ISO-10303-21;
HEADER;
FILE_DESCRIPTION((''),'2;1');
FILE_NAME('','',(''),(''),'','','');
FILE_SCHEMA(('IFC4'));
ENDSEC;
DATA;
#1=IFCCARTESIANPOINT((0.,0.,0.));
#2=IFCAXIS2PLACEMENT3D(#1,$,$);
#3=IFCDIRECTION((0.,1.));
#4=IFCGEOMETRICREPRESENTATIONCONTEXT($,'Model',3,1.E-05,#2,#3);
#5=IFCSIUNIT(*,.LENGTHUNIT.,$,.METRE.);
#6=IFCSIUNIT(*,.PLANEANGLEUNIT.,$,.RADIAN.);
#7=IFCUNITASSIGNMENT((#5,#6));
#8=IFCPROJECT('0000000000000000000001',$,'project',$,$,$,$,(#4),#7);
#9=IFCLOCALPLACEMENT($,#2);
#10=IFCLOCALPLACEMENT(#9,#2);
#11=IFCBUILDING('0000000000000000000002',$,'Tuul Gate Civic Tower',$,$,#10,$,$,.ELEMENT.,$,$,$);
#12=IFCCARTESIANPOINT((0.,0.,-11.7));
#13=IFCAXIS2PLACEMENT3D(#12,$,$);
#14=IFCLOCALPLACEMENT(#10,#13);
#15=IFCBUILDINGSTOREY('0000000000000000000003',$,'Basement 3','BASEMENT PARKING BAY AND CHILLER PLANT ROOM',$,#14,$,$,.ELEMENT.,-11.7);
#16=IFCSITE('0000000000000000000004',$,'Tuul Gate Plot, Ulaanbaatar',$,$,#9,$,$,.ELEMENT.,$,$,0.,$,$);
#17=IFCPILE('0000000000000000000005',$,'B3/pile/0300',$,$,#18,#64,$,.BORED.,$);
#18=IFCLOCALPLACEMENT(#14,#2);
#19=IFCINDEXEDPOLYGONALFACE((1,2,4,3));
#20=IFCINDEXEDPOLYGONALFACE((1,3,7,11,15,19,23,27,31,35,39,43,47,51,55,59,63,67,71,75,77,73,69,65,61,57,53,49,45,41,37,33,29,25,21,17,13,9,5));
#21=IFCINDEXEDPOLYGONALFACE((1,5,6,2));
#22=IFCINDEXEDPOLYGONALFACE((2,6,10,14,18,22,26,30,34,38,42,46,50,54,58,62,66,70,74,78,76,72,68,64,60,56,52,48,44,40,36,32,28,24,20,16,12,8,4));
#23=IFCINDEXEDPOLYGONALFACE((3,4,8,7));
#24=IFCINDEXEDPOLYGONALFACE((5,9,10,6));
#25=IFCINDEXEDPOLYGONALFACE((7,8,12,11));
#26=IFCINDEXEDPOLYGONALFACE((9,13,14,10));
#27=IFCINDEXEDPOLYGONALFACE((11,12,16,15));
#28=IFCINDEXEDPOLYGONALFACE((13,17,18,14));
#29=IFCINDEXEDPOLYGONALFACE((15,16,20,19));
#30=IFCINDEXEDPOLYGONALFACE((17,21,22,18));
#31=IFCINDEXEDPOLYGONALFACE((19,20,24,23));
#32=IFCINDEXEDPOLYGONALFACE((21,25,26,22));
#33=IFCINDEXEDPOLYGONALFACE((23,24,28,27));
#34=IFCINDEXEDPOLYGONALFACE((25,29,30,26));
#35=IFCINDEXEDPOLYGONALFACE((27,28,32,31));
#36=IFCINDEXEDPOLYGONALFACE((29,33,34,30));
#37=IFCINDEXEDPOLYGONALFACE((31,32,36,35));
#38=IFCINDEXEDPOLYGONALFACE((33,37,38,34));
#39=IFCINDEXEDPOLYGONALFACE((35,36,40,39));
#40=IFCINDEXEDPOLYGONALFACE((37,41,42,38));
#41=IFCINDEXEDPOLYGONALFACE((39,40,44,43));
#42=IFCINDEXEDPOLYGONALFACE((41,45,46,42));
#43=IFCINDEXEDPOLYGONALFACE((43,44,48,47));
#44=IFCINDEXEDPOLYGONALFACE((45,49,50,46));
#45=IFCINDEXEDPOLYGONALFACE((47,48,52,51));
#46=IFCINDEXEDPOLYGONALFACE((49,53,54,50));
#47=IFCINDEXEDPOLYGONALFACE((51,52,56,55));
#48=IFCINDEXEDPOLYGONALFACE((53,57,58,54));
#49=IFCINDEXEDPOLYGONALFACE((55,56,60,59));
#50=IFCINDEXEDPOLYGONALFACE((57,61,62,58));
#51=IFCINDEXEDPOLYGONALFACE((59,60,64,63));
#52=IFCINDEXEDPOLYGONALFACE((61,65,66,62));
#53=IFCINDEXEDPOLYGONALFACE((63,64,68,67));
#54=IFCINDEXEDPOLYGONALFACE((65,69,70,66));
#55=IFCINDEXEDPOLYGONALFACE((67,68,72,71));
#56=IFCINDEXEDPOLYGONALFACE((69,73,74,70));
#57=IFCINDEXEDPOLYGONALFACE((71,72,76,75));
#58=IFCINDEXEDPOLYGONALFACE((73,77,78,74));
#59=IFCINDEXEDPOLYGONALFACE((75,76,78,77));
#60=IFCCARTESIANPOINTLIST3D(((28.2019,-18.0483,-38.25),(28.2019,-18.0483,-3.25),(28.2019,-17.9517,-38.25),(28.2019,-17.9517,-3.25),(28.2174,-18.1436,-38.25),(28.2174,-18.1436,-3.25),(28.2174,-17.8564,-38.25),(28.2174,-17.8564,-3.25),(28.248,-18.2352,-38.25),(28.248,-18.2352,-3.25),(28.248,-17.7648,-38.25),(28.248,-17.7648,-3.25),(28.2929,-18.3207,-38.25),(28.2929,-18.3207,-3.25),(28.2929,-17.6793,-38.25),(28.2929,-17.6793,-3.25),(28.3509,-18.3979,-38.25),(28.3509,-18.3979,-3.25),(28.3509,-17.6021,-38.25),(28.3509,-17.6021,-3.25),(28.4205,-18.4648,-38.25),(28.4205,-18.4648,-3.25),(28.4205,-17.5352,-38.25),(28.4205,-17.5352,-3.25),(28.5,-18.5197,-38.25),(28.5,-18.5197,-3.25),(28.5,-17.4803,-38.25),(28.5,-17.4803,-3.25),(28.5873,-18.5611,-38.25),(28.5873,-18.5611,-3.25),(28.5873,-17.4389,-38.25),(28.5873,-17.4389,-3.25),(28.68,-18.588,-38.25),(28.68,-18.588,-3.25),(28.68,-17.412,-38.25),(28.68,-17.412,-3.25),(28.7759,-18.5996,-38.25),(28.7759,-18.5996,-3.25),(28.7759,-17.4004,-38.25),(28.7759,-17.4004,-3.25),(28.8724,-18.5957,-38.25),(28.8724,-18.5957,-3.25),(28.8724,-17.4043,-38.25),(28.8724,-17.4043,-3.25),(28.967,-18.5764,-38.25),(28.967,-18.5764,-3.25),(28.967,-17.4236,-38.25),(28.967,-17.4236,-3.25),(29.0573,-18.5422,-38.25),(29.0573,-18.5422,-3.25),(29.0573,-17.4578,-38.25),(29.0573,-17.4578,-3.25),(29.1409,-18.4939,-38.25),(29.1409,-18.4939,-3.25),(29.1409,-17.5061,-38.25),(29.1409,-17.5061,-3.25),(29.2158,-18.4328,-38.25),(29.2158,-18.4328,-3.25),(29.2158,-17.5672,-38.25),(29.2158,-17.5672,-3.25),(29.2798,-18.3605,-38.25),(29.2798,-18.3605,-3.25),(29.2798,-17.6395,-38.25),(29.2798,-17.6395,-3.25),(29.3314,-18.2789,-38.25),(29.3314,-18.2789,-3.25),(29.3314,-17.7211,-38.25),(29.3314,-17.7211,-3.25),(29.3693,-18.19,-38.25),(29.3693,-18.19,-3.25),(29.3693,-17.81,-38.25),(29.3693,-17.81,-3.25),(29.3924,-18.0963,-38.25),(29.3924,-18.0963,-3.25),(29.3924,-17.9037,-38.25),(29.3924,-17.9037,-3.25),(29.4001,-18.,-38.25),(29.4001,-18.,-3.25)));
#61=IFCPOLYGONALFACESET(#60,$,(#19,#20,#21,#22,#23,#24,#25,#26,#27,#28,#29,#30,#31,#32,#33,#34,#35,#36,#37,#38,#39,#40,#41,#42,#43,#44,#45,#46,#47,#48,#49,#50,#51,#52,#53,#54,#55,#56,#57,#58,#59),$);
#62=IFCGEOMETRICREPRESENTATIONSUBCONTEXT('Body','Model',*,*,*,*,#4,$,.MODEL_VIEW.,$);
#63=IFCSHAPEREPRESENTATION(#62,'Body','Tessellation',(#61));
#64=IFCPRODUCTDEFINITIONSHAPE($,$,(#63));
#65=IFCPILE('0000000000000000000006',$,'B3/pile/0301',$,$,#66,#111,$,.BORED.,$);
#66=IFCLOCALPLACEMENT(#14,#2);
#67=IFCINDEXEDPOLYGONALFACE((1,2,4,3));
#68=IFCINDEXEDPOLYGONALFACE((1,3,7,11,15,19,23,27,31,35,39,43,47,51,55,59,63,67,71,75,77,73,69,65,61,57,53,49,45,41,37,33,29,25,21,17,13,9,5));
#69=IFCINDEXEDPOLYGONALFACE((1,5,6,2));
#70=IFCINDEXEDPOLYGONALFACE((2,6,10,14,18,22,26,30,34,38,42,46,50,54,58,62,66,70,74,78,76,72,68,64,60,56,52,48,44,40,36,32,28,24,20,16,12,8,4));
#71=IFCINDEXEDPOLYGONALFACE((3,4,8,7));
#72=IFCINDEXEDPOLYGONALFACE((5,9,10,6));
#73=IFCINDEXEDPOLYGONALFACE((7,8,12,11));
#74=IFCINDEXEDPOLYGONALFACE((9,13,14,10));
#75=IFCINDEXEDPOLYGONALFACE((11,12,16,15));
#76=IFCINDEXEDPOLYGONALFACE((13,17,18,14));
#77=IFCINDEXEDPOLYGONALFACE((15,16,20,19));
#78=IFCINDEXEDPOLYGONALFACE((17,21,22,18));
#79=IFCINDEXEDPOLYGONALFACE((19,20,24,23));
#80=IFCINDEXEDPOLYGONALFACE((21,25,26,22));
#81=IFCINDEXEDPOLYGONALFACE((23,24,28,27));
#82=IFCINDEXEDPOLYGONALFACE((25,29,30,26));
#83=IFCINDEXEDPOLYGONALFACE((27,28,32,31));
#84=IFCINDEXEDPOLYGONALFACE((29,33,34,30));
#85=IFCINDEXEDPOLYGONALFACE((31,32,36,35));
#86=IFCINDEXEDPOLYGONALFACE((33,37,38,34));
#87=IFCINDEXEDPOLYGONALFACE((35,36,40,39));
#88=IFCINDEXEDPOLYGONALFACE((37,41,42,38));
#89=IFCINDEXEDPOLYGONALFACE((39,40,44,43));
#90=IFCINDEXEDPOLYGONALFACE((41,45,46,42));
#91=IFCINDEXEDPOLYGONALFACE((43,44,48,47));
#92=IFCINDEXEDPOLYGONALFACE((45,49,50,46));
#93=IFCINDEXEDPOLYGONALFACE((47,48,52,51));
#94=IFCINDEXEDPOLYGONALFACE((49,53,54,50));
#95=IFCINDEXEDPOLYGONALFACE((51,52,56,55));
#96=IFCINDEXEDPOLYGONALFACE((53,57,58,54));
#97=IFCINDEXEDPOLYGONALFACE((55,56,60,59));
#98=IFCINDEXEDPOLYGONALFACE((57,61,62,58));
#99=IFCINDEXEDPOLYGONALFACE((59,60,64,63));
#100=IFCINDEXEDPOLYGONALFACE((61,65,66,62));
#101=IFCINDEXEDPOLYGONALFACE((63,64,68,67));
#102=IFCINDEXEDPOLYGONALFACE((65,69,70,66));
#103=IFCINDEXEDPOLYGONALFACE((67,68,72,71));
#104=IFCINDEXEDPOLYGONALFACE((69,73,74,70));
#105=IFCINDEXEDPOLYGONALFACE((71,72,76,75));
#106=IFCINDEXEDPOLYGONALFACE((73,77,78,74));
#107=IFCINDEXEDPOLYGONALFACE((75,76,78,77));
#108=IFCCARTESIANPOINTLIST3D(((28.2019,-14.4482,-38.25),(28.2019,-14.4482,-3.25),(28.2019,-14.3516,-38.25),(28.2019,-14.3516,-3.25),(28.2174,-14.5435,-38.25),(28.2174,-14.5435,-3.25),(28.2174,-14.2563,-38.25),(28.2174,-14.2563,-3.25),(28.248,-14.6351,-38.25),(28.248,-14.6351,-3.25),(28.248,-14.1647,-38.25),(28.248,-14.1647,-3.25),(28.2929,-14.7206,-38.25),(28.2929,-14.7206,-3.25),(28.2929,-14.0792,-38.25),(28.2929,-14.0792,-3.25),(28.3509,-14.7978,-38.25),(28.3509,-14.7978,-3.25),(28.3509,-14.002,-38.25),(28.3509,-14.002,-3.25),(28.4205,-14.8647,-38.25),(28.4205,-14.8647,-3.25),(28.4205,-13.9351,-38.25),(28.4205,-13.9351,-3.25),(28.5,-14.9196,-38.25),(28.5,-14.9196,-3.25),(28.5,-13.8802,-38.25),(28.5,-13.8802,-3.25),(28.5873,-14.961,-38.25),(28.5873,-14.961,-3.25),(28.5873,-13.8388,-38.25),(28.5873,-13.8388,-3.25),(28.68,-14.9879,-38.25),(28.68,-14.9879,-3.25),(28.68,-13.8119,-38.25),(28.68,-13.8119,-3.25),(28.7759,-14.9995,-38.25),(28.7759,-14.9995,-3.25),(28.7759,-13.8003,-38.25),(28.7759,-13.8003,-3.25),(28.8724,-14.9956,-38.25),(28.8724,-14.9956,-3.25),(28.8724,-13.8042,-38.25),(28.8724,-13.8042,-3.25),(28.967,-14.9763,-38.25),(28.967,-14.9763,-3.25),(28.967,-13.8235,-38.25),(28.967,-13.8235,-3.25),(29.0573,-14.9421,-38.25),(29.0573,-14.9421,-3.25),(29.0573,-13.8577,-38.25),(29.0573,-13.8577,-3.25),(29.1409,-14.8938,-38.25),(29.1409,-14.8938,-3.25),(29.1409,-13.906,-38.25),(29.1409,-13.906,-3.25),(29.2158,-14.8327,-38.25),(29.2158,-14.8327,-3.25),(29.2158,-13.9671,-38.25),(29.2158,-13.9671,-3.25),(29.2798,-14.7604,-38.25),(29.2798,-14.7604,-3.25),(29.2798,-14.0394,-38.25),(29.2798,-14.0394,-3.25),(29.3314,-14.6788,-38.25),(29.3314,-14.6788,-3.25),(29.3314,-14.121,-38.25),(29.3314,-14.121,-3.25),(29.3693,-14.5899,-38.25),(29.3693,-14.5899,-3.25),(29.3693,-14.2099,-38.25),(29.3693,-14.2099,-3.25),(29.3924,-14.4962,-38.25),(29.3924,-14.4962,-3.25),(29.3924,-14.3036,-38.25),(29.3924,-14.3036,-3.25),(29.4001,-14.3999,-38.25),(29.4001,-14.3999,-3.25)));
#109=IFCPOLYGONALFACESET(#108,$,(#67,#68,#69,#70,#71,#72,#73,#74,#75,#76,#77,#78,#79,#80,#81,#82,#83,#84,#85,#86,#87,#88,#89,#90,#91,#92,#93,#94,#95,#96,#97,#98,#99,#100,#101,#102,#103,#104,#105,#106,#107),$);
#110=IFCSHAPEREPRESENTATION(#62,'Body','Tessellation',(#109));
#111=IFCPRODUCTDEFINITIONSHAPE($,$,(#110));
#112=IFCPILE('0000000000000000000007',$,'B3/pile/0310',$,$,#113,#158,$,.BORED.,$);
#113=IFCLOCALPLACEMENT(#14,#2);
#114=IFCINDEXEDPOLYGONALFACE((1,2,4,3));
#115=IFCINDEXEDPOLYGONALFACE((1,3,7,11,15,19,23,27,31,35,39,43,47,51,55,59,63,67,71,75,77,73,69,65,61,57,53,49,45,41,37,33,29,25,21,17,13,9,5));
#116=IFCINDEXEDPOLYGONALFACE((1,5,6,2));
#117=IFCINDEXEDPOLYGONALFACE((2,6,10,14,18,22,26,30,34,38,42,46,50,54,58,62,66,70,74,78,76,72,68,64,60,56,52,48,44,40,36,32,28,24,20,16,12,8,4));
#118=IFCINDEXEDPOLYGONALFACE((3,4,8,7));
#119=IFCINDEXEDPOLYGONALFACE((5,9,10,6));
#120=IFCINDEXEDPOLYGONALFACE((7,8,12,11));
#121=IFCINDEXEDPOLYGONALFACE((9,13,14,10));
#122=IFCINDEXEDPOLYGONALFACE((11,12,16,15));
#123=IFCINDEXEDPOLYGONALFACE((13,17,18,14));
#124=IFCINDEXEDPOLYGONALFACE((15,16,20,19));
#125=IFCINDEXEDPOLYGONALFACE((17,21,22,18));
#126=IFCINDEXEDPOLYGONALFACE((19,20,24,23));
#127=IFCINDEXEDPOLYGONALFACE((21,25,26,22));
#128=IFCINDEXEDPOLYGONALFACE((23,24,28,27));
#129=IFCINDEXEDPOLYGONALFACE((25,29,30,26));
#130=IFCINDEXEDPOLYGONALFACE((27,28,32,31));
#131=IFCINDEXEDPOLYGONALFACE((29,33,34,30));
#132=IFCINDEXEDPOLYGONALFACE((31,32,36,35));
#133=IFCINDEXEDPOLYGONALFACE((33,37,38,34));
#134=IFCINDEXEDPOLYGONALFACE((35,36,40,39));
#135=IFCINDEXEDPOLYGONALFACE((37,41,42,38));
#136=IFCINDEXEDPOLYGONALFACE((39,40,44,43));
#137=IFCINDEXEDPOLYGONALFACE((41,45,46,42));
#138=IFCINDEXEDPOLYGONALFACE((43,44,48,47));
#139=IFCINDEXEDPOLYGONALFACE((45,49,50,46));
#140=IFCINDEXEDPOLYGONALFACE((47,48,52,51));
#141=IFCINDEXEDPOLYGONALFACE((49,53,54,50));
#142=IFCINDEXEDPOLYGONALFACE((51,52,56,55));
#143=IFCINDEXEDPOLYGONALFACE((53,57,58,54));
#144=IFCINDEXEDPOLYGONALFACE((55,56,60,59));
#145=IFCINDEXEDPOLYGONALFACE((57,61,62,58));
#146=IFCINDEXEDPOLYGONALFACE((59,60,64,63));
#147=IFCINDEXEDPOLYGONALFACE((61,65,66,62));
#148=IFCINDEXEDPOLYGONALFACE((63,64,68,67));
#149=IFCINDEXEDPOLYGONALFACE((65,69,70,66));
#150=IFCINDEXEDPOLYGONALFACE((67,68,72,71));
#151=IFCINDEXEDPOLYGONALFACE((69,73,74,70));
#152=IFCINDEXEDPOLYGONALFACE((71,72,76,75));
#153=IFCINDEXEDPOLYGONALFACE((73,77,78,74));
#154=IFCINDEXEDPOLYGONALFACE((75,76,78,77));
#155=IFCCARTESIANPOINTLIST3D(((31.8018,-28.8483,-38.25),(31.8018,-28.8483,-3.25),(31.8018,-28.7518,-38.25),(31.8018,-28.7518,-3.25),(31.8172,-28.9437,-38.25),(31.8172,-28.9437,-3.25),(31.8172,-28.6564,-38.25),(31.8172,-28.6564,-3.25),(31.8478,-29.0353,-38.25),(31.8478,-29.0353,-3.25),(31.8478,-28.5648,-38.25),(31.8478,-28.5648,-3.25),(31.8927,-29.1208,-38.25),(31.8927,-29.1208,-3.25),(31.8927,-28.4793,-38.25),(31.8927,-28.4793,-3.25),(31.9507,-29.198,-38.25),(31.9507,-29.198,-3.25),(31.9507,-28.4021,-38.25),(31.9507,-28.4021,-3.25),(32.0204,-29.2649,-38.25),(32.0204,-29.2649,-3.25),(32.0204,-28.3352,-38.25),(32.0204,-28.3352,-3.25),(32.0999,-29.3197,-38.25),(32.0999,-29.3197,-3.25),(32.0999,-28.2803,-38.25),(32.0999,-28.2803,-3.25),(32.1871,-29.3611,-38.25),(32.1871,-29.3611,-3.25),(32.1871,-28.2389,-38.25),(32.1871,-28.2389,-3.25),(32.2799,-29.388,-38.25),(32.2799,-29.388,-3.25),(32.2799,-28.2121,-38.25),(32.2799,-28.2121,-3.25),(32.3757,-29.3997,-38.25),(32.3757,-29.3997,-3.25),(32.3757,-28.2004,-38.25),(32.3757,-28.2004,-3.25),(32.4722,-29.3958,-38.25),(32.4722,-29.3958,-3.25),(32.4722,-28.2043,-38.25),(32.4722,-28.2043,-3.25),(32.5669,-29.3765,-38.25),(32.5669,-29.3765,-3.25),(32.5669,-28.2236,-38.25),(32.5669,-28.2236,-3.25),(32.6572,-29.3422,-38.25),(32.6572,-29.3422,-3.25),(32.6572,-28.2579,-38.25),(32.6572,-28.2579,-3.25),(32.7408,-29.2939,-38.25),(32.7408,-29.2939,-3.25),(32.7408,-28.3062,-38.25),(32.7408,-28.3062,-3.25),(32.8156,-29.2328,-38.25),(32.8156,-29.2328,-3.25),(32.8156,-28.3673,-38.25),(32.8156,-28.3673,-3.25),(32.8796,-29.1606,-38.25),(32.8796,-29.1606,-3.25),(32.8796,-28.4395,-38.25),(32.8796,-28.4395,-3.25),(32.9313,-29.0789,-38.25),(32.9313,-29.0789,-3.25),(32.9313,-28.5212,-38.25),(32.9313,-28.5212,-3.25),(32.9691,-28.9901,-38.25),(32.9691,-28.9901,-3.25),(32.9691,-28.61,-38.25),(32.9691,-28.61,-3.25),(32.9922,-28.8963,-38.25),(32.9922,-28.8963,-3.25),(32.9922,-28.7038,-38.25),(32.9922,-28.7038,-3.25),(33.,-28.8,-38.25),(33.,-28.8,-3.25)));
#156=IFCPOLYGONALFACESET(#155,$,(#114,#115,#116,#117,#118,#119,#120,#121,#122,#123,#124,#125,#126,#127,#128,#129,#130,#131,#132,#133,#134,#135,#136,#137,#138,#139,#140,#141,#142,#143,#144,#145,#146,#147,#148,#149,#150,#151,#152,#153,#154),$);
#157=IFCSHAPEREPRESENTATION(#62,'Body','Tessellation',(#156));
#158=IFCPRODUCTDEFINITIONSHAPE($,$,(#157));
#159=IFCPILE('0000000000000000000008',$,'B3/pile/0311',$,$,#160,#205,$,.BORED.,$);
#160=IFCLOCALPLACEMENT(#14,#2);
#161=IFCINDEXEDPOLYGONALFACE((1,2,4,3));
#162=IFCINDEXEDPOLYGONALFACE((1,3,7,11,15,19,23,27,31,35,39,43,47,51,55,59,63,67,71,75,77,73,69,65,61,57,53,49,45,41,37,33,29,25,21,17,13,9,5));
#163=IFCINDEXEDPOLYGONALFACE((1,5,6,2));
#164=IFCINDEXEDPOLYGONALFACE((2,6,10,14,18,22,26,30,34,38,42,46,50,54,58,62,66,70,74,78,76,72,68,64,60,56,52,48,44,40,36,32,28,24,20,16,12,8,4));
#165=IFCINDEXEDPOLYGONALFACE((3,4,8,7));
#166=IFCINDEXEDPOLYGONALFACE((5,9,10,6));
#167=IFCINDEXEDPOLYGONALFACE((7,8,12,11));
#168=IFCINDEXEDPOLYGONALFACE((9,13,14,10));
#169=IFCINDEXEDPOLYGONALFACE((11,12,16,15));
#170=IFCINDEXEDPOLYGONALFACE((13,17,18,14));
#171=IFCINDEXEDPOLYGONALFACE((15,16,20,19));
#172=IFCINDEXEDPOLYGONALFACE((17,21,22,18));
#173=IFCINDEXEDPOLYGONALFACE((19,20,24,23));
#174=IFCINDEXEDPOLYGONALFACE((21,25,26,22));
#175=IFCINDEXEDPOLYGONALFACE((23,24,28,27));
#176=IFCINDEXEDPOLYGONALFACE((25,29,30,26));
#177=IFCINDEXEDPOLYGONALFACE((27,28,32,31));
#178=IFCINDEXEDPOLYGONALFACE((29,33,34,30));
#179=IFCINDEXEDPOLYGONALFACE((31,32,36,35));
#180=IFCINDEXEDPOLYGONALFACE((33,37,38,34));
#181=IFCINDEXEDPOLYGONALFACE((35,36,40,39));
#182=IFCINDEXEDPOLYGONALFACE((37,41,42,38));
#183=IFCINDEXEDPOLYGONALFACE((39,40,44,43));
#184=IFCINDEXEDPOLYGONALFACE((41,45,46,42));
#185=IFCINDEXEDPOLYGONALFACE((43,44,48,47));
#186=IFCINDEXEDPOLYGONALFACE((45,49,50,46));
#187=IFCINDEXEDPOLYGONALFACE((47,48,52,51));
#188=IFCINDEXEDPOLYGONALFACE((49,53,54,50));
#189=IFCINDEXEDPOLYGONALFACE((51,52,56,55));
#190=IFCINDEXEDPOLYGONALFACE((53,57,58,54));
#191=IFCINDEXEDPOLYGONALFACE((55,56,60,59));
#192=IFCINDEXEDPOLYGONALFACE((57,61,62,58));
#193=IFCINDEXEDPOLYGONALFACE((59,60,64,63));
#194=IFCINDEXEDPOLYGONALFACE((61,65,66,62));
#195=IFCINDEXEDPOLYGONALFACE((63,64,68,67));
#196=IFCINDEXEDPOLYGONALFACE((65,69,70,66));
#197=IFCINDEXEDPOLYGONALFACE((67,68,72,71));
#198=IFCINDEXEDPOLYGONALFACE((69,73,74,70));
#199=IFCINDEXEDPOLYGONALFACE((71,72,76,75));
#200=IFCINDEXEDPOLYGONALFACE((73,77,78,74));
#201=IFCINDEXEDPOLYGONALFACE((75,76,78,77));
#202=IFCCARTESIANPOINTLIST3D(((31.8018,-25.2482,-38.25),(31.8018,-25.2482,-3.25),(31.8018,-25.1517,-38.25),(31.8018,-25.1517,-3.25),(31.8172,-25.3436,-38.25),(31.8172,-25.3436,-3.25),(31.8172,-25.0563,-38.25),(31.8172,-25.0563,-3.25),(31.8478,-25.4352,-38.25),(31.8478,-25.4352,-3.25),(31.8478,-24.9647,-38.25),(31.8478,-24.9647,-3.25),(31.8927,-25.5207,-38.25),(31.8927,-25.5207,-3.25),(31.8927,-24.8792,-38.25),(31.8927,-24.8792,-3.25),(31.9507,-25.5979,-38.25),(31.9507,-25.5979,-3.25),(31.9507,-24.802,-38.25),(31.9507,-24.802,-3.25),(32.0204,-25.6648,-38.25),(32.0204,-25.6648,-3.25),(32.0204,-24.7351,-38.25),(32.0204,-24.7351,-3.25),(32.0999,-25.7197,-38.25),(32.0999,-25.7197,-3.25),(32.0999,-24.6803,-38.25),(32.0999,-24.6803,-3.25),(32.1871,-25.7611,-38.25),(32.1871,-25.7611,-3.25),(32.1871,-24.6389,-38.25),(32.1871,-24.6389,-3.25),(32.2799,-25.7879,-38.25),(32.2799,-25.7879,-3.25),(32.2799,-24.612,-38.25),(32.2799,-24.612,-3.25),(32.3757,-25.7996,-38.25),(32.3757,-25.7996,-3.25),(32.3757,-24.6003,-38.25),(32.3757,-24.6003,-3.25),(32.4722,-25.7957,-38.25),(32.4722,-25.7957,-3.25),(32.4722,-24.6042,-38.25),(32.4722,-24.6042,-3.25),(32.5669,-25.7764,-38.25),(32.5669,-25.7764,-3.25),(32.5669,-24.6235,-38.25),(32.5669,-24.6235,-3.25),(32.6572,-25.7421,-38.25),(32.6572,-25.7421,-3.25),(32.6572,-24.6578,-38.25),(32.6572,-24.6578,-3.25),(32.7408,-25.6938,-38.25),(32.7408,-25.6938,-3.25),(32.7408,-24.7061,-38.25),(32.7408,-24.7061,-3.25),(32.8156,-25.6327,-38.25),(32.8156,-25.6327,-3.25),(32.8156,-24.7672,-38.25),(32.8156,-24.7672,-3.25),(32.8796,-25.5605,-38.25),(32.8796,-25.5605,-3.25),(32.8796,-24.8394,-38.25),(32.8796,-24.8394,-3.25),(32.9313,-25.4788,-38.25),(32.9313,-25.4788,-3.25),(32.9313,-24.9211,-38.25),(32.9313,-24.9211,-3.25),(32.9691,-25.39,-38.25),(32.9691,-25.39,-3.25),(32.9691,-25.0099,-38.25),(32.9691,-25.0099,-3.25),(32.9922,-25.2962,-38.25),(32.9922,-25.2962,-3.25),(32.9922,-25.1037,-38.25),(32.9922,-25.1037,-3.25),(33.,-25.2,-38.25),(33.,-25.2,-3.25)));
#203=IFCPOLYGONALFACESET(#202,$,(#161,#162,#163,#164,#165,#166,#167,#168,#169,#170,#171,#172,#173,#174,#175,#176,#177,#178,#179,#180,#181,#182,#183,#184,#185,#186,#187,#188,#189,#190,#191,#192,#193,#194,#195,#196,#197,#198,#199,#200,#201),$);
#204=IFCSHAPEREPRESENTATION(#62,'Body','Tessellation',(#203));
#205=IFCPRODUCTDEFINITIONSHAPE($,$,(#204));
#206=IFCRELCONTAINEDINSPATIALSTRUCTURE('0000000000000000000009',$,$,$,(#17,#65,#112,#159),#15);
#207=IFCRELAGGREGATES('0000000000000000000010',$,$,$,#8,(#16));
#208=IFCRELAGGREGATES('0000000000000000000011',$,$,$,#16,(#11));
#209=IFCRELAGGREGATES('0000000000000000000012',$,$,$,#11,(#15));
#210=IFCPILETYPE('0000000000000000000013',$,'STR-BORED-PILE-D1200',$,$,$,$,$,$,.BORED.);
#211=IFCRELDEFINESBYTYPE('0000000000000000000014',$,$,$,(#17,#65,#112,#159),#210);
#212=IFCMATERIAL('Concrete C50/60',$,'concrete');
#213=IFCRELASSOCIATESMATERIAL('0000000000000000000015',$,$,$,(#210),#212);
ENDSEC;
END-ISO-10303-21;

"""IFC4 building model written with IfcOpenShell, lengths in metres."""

from ifc_helpers import new_model, si_unit, direction, frame, origin, origin_2d, place, context, subcontext, project, spatial, circle, extrude, material, material_profile, profile_set, type_object, element, save


model = new_model("IFC4")

# Units and contexts
model_context = context("Model", 3, precision=1e-05, world=origin(), true_north=direction((0.0, 1.0)))
body_context = subcontext(model_context, "Body", "Model", "MODEL_VIEW")
ifc_project = project(units=[si_unit("LENGTHUNIT", "METRE"), si_unit("PLANEANGLEUNIT", "RADIAN")], contexts=[model_context])

# Site, building, storey
site_placement = place(None, origin())
site = spatial("IfcSite", under=ifc_project, at=site_placement, Name="Tuul Gate Plot, Ulaanbaatar", CompositionType="ELEMENT", RefElevation=0.0)
building_placement = place(site_placement, origin())
building = spatial("IfcBuilding", under=site, at=building_placement, Name="Tuul Gate Civic Tower", CompositionType="ELEMENT")
storey_placement = place(building_placement, frame((0.0, 0.0, -11.7)))
storey = spatial("IfcBuildingStorey", under=building, at=storey_placement, Name="Basement 3", Description="BASEMENT PARKING BAY AND CHILLER PLANT ROOM", CompositionType="ELEMENT", Elevation=-11.7)

# Piles
ifc_material_1 = material(Name="Concrete C50/60", Category="concrete")
ifc_material_profile_1 = material_profile(ifc_material_1, circle(Radius=0.6001, at=origin_2d()), Name="PILE1200")
ifc_profile_set_1 = profile_set([ifc_material_profile_1], Name="Concrete C50/60")
pile_type = type_object("IfcPileType", Name="STR-BORED-PILE-D1200", PredefinedType="BORED", material=ifc_profile_set_1)
for number, where, z_axis, x_axis, name in (
    (1, (28.8, -18.0, -3.25), (0.0, 0.0, -1.0), (1.0, 0.0, 0.0), "B3/pile/0300"),
    (2, (28.8, -14.3999, -3.25), (0.0, 0.0, -1.0), (1.0, 0.0, 0.0), "B3/pile/0301"),
    (3, (32.3999, -28.8, -3.25), (0.0, 0.0, -1.0), (1.0, 0.0, 0.0), "B3/pile/0310"),
    (4, (32.3999, -25.2, -3.25), (0.0, 0.0, -1.0), (1.0, 0.0, 0.0), "B3/pile/0311"),
):
    element("IfcPile", number, at=place(storey_placement, frame(where, z_axis=z_axis, x_axis=x_axis)), inside=storey, type_object=pile_type, Name=name, PredefinedType="BORED", context=body_context, shape_type="SweptSolid", body=[
        extrude(circle(Radius=0.6001, at=origin_2d()), origin(), (0.0, 0.0, 1.0), 35.0),
    ])

save(model, "model.ifc")
